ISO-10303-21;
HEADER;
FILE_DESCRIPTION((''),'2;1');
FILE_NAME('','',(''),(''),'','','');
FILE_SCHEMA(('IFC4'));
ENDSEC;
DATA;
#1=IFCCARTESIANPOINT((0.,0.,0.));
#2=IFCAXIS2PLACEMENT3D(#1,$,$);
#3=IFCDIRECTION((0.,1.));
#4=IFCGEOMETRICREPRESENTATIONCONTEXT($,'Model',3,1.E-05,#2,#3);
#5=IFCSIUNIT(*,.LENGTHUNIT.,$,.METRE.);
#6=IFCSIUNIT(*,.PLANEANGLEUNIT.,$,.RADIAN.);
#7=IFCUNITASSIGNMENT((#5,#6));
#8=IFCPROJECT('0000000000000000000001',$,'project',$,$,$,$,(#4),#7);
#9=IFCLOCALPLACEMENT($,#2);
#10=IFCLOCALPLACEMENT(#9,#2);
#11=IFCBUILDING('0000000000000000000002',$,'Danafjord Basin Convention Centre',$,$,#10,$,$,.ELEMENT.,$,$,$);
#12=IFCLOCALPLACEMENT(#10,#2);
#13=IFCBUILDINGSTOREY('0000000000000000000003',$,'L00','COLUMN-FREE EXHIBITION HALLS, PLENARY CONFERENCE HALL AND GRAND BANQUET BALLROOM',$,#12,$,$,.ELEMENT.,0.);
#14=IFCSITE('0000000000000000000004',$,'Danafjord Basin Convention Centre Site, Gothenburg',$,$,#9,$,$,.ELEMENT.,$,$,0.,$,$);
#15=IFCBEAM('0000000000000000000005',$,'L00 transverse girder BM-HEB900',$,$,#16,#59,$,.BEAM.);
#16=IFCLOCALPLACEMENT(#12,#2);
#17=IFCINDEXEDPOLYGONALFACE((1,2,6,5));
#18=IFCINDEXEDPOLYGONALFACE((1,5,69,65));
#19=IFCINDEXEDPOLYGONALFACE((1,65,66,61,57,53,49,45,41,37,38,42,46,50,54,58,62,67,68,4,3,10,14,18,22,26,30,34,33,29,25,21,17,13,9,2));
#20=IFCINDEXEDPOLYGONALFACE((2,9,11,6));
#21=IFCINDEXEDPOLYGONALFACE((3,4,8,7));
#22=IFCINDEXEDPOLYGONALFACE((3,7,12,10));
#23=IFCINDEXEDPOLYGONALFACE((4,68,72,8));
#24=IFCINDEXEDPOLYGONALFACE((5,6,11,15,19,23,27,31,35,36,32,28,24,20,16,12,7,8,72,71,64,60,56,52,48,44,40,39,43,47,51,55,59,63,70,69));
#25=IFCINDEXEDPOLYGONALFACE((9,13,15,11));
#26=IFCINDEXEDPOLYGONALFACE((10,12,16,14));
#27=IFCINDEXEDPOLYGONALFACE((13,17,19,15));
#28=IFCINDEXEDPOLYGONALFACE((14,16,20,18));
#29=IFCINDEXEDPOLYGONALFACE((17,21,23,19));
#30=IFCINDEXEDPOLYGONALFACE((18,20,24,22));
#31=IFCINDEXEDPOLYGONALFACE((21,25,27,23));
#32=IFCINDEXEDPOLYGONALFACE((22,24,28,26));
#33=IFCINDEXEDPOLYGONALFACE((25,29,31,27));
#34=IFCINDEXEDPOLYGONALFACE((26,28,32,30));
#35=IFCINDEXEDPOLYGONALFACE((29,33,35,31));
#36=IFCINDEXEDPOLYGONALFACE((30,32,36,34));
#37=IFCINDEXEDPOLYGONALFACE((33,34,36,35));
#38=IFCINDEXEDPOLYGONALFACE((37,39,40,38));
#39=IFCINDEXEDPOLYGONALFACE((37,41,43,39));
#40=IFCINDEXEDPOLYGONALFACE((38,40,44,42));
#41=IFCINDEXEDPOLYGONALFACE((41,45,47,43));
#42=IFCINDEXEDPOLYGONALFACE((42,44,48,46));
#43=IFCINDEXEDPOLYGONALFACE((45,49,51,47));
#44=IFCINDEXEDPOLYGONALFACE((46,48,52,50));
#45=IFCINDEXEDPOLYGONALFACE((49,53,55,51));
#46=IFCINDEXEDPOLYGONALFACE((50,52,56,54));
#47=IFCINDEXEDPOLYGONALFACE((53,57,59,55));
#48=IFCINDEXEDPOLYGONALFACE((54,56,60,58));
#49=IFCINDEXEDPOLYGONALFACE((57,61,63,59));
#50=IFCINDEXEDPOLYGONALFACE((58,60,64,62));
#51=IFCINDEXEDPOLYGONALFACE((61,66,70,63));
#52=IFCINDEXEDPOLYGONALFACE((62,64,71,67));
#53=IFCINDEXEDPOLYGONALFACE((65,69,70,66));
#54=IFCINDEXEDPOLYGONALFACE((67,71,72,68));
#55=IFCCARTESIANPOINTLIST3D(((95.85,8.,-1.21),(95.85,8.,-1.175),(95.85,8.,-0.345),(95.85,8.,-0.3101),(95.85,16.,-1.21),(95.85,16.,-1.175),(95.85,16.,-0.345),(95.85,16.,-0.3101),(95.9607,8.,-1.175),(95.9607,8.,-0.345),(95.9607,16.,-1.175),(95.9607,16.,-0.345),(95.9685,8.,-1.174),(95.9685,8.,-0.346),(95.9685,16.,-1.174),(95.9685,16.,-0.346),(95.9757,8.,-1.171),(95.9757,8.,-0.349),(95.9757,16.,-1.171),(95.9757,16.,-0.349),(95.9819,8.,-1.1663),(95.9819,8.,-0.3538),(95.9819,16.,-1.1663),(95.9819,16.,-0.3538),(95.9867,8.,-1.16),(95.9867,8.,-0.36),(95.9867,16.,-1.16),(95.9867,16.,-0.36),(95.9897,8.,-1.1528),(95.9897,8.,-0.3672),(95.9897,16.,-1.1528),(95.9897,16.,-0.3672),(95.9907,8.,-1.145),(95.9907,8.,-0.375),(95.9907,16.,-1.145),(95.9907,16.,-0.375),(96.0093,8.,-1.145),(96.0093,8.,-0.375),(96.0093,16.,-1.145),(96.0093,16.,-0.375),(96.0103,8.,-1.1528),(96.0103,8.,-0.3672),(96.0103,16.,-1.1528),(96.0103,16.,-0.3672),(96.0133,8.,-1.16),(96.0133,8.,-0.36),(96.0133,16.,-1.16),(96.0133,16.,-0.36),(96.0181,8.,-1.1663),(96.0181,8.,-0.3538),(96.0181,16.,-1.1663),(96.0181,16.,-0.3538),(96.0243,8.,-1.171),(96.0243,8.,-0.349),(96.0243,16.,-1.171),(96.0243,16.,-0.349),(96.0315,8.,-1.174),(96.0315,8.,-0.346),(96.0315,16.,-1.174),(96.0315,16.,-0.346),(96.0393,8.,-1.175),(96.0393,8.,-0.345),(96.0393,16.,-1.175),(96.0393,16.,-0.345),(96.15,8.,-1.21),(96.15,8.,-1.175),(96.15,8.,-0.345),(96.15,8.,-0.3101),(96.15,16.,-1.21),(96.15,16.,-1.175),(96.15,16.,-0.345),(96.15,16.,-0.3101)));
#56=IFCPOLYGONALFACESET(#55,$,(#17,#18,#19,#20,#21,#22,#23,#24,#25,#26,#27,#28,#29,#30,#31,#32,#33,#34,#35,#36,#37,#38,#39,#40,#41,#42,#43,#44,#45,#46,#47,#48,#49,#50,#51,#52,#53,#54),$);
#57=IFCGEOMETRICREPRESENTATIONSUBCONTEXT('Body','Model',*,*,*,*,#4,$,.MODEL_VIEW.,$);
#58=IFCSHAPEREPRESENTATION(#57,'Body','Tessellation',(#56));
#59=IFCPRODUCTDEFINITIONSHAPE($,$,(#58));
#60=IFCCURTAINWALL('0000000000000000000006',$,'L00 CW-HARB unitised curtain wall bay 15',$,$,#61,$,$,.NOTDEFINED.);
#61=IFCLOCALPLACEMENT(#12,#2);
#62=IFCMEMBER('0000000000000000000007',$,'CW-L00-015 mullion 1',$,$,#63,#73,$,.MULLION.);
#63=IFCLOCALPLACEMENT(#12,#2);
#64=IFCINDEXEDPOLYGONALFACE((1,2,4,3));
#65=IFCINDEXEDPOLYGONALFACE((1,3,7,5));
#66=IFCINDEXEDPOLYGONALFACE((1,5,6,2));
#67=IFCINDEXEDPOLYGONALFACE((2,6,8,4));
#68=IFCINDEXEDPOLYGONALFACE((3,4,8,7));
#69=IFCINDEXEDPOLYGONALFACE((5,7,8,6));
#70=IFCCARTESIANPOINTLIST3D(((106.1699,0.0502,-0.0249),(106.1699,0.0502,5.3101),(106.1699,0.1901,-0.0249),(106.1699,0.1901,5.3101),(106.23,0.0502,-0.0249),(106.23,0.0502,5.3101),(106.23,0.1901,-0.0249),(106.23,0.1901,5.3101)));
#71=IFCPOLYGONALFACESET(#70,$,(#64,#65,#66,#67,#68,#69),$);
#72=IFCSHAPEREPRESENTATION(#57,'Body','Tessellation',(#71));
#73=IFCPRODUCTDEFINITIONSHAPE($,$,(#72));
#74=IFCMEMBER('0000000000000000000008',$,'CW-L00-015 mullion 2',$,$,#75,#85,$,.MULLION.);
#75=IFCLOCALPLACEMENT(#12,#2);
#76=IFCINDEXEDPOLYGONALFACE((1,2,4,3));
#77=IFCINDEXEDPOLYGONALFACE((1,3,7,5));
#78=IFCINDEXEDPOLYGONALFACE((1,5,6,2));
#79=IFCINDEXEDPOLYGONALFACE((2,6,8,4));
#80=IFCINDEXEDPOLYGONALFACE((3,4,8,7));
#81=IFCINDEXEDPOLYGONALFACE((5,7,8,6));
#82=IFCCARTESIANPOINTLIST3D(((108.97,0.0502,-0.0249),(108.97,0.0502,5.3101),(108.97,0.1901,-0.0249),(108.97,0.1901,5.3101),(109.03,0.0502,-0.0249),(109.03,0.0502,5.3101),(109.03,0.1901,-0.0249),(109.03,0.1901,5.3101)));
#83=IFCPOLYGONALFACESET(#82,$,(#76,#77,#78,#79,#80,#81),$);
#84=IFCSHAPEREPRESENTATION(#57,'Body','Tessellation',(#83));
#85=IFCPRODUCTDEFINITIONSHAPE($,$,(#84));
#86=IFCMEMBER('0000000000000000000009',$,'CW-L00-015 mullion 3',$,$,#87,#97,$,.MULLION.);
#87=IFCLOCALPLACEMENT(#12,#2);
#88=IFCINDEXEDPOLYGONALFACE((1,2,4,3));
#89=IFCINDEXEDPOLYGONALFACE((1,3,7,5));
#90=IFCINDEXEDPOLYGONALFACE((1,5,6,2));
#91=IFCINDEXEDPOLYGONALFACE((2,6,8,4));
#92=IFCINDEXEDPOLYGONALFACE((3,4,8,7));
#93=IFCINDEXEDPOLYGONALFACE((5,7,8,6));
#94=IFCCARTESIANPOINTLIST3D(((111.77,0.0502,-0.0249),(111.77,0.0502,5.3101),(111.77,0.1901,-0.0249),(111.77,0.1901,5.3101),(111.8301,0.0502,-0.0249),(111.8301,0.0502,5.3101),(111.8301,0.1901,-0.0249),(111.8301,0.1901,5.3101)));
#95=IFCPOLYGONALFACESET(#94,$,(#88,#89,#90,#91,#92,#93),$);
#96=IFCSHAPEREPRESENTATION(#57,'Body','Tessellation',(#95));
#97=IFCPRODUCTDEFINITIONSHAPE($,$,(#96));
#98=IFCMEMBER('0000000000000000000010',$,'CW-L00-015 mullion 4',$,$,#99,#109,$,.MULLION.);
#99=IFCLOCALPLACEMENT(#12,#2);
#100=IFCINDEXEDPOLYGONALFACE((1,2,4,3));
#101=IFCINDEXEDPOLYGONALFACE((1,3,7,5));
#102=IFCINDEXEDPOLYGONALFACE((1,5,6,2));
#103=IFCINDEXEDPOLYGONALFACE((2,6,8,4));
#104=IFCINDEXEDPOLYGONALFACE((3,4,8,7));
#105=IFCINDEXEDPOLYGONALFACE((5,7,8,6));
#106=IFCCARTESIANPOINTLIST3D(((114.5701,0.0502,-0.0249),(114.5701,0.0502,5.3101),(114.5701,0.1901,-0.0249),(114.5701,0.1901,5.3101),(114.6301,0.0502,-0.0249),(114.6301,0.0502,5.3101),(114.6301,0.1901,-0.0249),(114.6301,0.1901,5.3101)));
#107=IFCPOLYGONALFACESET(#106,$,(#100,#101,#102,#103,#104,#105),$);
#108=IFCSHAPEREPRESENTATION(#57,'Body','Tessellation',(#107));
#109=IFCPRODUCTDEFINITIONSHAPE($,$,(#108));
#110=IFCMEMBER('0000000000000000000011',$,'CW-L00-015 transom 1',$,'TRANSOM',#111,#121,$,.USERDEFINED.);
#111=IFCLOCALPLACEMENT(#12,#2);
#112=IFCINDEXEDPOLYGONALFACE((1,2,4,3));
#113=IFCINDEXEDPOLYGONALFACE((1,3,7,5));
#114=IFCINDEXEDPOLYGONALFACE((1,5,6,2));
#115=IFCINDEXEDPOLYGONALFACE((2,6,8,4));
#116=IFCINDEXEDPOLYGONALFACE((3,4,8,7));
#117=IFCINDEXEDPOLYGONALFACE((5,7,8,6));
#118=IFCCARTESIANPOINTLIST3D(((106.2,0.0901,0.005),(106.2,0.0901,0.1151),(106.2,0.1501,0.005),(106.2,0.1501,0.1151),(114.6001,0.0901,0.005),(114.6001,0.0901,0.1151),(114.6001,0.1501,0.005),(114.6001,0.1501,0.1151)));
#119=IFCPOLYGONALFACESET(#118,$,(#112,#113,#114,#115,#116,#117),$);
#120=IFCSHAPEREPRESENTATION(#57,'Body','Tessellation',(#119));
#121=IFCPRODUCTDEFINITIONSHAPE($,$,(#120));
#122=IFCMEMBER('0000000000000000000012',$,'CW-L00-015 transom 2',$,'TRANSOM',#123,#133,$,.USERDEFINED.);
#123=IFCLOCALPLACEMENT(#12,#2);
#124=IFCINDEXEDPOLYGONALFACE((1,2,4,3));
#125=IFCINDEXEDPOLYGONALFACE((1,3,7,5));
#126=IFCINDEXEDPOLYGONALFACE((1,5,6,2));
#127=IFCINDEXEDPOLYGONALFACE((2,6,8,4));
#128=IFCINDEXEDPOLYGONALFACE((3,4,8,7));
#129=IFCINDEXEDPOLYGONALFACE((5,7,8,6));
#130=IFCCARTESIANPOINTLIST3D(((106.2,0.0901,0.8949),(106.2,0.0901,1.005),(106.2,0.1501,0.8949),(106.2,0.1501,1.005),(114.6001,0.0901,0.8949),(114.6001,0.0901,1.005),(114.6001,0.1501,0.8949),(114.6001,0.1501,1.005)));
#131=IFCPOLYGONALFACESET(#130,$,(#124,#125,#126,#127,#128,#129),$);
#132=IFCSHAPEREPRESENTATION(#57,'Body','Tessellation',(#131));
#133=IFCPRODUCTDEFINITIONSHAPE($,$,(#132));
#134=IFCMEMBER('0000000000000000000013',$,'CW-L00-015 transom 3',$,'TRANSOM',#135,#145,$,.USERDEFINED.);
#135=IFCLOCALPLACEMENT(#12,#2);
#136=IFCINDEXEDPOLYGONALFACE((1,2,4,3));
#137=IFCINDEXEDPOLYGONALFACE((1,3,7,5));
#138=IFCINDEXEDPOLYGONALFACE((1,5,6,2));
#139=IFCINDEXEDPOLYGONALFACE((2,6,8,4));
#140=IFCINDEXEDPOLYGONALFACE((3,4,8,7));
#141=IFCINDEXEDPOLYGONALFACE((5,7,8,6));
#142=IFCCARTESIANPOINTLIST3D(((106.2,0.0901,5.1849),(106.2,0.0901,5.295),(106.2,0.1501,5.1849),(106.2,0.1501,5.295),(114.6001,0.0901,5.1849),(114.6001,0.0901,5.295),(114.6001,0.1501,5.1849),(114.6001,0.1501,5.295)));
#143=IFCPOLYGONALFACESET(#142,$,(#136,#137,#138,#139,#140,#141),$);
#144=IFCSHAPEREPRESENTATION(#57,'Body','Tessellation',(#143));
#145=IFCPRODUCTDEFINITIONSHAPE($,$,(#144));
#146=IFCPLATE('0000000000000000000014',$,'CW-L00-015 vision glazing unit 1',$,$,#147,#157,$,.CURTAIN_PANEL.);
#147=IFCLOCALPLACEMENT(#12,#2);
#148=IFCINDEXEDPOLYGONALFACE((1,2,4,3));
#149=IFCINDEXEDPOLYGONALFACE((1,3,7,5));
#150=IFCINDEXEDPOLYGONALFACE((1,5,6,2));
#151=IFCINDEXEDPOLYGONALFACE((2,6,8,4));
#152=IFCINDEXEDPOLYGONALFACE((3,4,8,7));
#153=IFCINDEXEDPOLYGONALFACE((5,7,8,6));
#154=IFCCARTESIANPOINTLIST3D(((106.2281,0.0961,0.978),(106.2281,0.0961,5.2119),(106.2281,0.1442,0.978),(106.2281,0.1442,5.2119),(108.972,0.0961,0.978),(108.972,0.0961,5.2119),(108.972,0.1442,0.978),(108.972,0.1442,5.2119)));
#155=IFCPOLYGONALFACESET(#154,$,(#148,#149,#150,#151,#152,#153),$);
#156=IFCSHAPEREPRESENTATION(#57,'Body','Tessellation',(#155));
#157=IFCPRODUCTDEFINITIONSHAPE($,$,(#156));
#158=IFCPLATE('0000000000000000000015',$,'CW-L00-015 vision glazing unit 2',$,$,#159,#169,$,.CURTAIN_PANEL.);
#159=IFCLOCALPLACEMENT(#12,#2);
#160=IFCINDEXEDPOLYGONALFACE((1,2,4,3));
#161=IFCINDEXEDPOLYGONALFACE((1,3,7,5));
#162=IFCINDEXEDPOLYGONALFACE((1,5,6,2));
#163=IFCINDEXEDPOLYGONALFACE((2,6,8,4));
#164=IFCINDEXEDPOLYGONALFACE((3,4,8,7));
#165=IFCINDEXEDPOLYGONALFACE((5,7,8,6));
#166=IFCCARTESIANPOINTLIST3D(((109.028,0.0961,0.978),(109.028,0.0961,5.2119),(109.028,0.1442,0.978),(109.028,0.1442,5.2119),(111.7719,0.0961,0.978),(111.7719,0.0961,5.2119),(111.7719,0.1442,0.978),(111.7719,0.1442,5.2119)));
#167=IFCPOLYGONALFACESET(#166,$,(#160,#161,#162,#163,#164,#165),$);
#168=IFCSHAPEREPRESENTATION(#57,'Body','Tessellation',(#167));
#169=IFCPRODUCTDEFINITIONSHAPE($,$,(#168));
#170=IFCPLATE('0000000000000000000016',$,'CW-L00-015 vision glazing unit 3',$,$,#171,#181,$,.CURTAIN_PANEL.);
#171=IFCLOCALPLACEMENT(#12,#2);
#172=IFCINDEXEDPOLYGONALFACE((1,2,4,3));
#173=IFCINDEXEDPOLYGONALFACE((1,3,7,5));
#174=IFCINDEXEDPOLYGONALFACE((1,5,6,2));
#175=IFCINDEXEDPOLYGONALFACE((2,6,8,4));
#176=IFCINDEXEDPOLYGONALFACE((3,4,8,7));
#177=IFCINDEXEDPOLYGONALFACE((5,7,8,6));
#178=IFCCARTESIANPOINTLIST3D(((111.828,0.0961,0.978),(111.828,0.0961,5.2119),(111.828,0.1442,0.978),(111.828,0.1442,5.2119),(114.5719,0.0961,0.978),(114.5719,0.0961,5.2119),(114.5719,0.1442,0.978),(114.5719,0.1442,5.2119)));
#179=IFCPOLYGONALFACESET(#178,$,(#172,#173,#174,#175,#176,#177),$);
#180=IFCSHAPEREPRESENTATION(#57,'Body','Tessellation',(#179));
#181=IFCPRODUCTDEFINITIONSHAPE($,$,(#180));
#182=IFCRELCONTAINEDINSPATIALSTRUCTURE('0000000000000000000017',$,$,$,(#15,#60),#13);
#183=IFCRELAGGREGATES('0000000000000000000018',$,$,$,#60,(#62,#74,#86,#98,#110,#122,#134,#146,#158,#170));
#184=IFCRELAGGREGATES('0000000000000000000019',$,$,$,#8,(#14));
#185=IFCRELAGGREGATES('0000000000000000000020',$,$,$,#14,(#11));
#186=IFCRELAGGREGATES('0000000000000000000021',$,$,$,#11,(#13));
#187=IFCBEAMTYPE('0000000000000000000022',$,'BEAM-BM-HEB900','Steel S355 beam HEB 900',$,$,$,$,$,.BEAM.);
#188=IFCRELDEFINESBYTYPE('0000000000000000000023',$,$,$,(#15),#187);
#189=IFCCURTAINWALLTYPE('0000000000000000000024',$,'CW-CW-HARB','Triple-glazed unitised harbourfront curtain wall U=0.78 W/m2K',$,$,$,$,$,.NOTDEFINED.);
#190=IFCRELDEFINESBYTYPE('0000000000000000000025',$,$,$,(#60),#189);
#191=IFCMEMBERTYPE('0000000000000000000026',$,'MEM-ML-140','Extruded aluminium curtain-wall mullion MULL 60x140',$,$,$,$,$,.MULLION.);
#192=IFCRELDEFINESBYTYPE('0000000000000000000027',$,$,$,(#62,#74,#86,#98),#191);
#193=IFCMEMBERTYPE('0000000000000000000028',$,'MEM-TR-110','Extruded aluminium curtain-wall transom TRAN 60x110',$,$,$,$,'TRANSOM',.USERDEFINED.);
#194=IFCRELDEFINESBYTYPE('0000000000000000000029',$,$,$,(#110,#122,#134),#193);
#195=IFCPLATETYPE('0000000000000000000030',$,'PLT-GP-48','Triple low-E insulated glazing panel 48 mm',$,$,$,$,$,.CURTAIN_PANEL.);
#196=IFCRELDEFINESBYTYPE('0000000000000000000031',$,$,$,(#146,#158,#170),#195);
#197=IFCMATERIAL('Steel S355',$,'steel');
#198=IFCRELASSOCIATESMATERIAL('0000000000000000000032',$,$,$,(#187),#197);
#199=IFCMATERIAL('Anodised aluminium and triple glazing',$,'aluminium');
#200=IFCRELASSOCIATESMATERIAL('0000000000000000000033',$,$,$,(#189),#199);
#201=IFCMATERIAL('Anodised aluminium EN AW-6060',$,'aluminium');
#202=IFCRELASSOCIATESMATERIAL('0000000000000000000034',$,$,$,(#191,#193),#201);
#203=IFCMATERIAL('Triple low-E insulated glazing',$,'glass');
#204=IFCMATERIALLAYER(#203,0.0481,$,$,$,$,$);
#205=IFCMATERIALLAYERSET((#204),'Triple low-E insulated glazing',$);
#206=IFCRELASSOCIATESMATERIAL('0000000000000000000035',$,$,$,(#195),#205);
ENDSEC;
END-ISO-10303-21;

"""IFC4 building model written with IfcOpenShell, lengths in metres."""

from ifc_helpers import new_model, si_unit, direction, frame, origin, origin_2d, place, context, subcontext, project, spatial, rectangle, i_section, extrude, material, layer, layer_set, material_profile, profile_set, type_object, element, aggregate, save


model = new_model("IFC4")

# Units and contexts
model_context = context("Model", 3, precision=1e-05, world=origin(), true_north=direction((0.0, 1.0)))
body_context = subcontext(model_context, "Body", "Model", "MODEL_VIEW")
ifc_project = project(units=[si_unit("LENGTHUNIT", "METRE"), si_unit("PLANEANGLEUNIT", "RADIAN")], contexts=[model_context])

# Site, building, storey
site_placement = place(None, origin())
site = spatial("IfcSite", under=ifc_project, at=site_placement, Name="Danafjord Basin Convention Centre Site, Gothenburg", CompositionType="ELEMENT", RefElevation=0.0)
building_placement = place(site_placement, origin())
building = spatial("IfcBuilding", under=site, at=building_placement, Name="Danafjord Basin Convention Centre", CompositionType="ELEMENT")
storey_placement = place(building_placement, origin())
storey = spatial("IfcBuildingStorey", under=building, at=storey_placement, Name="L00", Description="COLUMN-FREE EXHIBITION HALLS, PLENARY CONFERENCE HALL AND GRAND BANQUET BALLROOM", CompositionType="ELEMENT", Elevation=0.0)

# Shared definitions
ifc_material_1 = material(Name="Steel S355", Category="steel")

# Beam
ifc_material_profile_1 = material_profile(ifc_material_1, i_section(OverallWidth=0.3, OverallDepth=0.8999, WebThickness=0.0186, FlangeThickness=0.0349, FilletRadius=0.03, at=origin_2d()), Name="HEB 900")
ifc_profile_set_1 = profile_set([ifc_material_profile_1], Name="Steel S355")
beam_type_1 = type_object("IfcBeamType", Name="BEAM-BM-HEB900", Description="Steel S355 beam HEB 900", PredefinedType="BEAM", material=ifc_profile_set_1)
beam_1_placement = place(storey_placement, frame((96.0, 8.0, -0.76), z_axis=(0.0, 1.0, 0.0), x_axis=(-1.0, 0.0, 0.0)))
element("IfcBeam", 1, at=beam_1_placement, inside=storey, type_object=beam_type_1, Name="L00 transverse girder BM-HEB900", PredefinedType="BEAM", context=body_context, shape_type="SweptSolid", body=[
    extrude(i_section(OverallWidth=0.3, OverallDepth=0.8999, WebThickness=0.0186, FlangeThickness=0.0349, FilletRadius=0.03, at=origin_2d()), origin(), (0.0, 0.0, 1.0), 8.0),
])

# Curtain wall, members, plates
ifc_material_2 = material(Name="Anodised aluminium and triple glazing", Category="aluminium")
curtain_wall_type = type_object("IfcCurtainWallType", Name="CW-CW-HARB", Description="Triple-glazed unitised harbourfront curtain wall U=0.78 W/m2K", PredefinedType="NOTDEFINED", material=ifc_material_2)
curtain_wall_placement = place(storey_placement, origin())
curtain_wall = element("IfcCurtainWall", 2, at=curtain_wall_placement, inside=storey, type_object=curtain_wall_type, Name="L00 CW-HARB unitised curtain wall bay 15", PredefinedType="NOTDEFINED")
ifc_material_3 = material(Name="Anodised aluminium EN AW-6060", Category="aluminium")
ifc_material_profile_2 = material_profile(ifc_material_3, rectangle(XDim=0.0601, YDim=0.1399, at=origin_2d()), Name="MULL 60x140")
ifc_profile_set_2 = profile_set([ifc_material_profile_2], Name="Anodised aluminium EN AW-6060")
member_type_1 = type_object("IfcMemberType", Name="MEM-ML-140", Description="Extruded aluminium curtain-wall mullion MULL 60x140", PredefinedType="MULLION", material=ifc_profile_set_2)
member_1_placement = place(storey_placement, frame((106.2, 0.1201, -0.0249), z_axis=(0.0, 0.0, 1.0), x_axis=(1.0, 0.0, 0.0)))
member_1 = element("IfcMember", 3, at=member_1_placement, type_object=member_type_1, Name="CW-L00-015 mullion 1", PredefinedType="MULLION", context=body_context, shape_type="SweptSolid", body=[
    extrude(rectangle(XDim=0.0601, YDim=0.1399, at=origin_2d()), origin(), (0.0, 0.0, 1.0), 5.335),
])
member_2_placement = place(storey_placement, frame((109.0, 0.1201, -0.0249), z_axis=(0.0, 0.0, 1.0), x_axis=(1.0, 0.0, 0.0)))
member_2 = element("IfcMember", 4, at=member_2_placement, type_object=member_type_1, Name="CW-L00-015 mullion 2", PredefinedType="MULLION", context=body_context, shape_type="SweptSolid", body=[
    extrude(rectangle(XDim=0.0601, YDim=0.1399, at=origin_2d()), origin(), (0.0, 0.0, 1.0), 5.335),
])
member_3_placement = place(storey_placement, frame((111.8, 0.1201, -0.0249), z_axis=(0.0, 0.0, 1.0), x_axis=(1.0, 0.0, 0.0)))
member_3 = element("IfcMember", 5, at=member_3_placement, type_object=member_type_1, Name="CW-L00-015 mullion 3", PredefinedType="MULLION", context=body_context, shape_type="SweptSolid", body=[
    extrude(rectangle(XDim=0.0601, YDim=0.1399, at=origin_2d()), origin(), (0.0, 0.0, 1.0), 5.335),
])
member_4_placement = place(storey_placement, frame((114.6001, 0.1201, -0.0249), z_axis=(0.0, 0.0, 1.0), x_axis=(1.0, 0.0, 0.0)))
member_4 = element("IfcMember", 6, at=member_4_placement, type_object=member_type_1, Name="CW-L00-015 mullion 4", PredefinedType="MULLION", context=body_context, shape_type="SweptSolid", body=[
    extrude(rectangle(XDim=0.0601, YDim=0.1399, at=origin_2d()), origin(), (0.0, 0.0, 1.0), 5.335),
])
ifc_material_profile_3 = material_profile(ifc_material_3, rectangle(XDim=0.0601, YDim=0.1101, at=origin_2d()), Name="TRAN 60x110")
ifc_profile_set_3 = profile_set([ifc_material_profile_3], Name="Anodised aluminium EN AW-6060")
member_type_2 = type_object("IfcMemberType", Name="MEM-TR-110", Description="Extruded aluminium curtain-wall transom TRAN 60x110", ElementType="TRANSOM", PredefinedType="USERDEFINED", material=ifc_profile_set_3)
member_5_placement = place(storey_placement, frame((106.2, 0.1201, 0.0601), z_axis=(1.0, 0.0, 0.0), x_axis=(0.0, 1.0, 0.0)))
member_5 = element("IfcMember", 7, at=member_5_placement, type_object=member_type_2, Name="CW-L00-015 transom 1", ObjectType="TRANSOM", PredefinedType="USERDEFINED", context=body_context, shape_type="SweptSolid", body=[
    extrude(rectangle(XDim=0.0601, YDim=0.1101, at=origin_2d()), origin(), (0.0, 0.0, 1.0), 8.4001),
])
member_6_placement = place(storey_placement, frame((106.2, 0.1201, 0.95), z_axis=(1.0, 0.0, 0.0), x_axis=(0.0, 1.0, 0.0)))
member_6 = element("IfcMember", 8, at=member_6_placement, type_object=member_type_2, Name="CW-L00-015 transom 2", ObjectType="TRANSOM", PredefinedType="USERDEFINED", context=body_context, shape_type="SweptSolid", body=[
    extrude(rectangle(XDim=0.0601, YDim=0.1101, at=origin_2d()), origin(), (0.0, 0.0, 1.0), 8.4001),
])
member_7_placement = place(storey_placement, frame((106.2, 0.1201, 5.24), z_axis=(1.0, 0.0, 0.0), x_axis=(0.0, 1.0, 0.0)))
member_7 = element("IfcMember", 9, at=member_7_placement, type_object=member_type_2, Name="CW-L00-015 transom 3", ObjectType="TRANSOM", PredefinedType="USERDEFINED", context=body_context, shape_type="SweptSolid", body=[
    extrude(rectangle(XDim=0.0601, YDim=0.1101, at=origin_2d()), origin(), (0.0, 0.0, 1.0), 8.4001),
])
ifc_material_4 = material(Name="Triple low-E insulated glazing", Category="glass")
ifc_layer_1 = layer(ifc_material_4, 0.0481)
ifc_layer_set_1 = layer_set([ifc_layer_1], Name="Triple low-E insulated glazing")
plate_type_1 = type_object("IfcPlateType", Name="PLT-GP-48", Description="Triple low-E insulated glazing panel 48 mm", PredefinedType="CURTAIN_PANEL", material=ifc_layer_set_1)
plate_1_placement = place(storey_placement, frame((107.6001, 0.1201, 0.978), z_axis=(0.0, 0.0, 1.0), x_axis=(1.0, 0.0, 0.0)))
plate_1 = element("IfcPlate", 10, at=plate_1_placement, type_object=plate_type_1, Name="CW-L00-015 vision glazing unit 1", PredefinedType="CURTAIN_PANEL", context=body_context, shape_type="SweptSolid", body=[
    extrude(rectangle(XDim=2.7439, YDim=0.0481, at=origin_2d()), origin(), (0.0, 0.0, 1.0), 4.2339),
])
plate_2_placement = place(storey_placement, frame((110.3999, 0.1201, 0.978), z_axis=(0.0, 0.0, 1.0), x_axis=(1.0, 0.0, 0.0)))
plate_2 = element("IfcPlate", 11, at=plate_2_placement, type_object=plate_type_1, Name="CW-L00-015 vision glazing unit 2", PredefinedType="CURTAIN_PANEL", context=body_context, shape_type="SweptSolid", body=[
    extrude(rectangle(XDim=2.7439, YDim=0.0481, at=origin_2d()), origin(), (0.0, 0.0, 1.0), 4.2339),
])
plate_3_placement = place(storey_placement, frame((113.2, 0.1201, 0.978), z_axis=(0.0, 0.0, 1.0), x_axis=(1.0, 0.0, 0.0)))
plate_3 = element("IfcPlate", 12, at=plate_3_placement, type_object=plate_type_1, Name="CW-L00-015 vision glazing unit 3", PredefinedType="CURTAIN_PANEL", context=body_context, shape_type="SweptSolid", body=[
    extrude(rectangle(XDim=2.7439, YDim=0.0481, at=origin_2d()), origin(), (0.0, 0.0, 1.0), 4.2339),
])
aggregate(curtain_wall, [member_1, member_2, member_3, member_4, member_5, member_6, member_7, plate_1, plate_2, plate_3])

save(model, "model.ifc")
